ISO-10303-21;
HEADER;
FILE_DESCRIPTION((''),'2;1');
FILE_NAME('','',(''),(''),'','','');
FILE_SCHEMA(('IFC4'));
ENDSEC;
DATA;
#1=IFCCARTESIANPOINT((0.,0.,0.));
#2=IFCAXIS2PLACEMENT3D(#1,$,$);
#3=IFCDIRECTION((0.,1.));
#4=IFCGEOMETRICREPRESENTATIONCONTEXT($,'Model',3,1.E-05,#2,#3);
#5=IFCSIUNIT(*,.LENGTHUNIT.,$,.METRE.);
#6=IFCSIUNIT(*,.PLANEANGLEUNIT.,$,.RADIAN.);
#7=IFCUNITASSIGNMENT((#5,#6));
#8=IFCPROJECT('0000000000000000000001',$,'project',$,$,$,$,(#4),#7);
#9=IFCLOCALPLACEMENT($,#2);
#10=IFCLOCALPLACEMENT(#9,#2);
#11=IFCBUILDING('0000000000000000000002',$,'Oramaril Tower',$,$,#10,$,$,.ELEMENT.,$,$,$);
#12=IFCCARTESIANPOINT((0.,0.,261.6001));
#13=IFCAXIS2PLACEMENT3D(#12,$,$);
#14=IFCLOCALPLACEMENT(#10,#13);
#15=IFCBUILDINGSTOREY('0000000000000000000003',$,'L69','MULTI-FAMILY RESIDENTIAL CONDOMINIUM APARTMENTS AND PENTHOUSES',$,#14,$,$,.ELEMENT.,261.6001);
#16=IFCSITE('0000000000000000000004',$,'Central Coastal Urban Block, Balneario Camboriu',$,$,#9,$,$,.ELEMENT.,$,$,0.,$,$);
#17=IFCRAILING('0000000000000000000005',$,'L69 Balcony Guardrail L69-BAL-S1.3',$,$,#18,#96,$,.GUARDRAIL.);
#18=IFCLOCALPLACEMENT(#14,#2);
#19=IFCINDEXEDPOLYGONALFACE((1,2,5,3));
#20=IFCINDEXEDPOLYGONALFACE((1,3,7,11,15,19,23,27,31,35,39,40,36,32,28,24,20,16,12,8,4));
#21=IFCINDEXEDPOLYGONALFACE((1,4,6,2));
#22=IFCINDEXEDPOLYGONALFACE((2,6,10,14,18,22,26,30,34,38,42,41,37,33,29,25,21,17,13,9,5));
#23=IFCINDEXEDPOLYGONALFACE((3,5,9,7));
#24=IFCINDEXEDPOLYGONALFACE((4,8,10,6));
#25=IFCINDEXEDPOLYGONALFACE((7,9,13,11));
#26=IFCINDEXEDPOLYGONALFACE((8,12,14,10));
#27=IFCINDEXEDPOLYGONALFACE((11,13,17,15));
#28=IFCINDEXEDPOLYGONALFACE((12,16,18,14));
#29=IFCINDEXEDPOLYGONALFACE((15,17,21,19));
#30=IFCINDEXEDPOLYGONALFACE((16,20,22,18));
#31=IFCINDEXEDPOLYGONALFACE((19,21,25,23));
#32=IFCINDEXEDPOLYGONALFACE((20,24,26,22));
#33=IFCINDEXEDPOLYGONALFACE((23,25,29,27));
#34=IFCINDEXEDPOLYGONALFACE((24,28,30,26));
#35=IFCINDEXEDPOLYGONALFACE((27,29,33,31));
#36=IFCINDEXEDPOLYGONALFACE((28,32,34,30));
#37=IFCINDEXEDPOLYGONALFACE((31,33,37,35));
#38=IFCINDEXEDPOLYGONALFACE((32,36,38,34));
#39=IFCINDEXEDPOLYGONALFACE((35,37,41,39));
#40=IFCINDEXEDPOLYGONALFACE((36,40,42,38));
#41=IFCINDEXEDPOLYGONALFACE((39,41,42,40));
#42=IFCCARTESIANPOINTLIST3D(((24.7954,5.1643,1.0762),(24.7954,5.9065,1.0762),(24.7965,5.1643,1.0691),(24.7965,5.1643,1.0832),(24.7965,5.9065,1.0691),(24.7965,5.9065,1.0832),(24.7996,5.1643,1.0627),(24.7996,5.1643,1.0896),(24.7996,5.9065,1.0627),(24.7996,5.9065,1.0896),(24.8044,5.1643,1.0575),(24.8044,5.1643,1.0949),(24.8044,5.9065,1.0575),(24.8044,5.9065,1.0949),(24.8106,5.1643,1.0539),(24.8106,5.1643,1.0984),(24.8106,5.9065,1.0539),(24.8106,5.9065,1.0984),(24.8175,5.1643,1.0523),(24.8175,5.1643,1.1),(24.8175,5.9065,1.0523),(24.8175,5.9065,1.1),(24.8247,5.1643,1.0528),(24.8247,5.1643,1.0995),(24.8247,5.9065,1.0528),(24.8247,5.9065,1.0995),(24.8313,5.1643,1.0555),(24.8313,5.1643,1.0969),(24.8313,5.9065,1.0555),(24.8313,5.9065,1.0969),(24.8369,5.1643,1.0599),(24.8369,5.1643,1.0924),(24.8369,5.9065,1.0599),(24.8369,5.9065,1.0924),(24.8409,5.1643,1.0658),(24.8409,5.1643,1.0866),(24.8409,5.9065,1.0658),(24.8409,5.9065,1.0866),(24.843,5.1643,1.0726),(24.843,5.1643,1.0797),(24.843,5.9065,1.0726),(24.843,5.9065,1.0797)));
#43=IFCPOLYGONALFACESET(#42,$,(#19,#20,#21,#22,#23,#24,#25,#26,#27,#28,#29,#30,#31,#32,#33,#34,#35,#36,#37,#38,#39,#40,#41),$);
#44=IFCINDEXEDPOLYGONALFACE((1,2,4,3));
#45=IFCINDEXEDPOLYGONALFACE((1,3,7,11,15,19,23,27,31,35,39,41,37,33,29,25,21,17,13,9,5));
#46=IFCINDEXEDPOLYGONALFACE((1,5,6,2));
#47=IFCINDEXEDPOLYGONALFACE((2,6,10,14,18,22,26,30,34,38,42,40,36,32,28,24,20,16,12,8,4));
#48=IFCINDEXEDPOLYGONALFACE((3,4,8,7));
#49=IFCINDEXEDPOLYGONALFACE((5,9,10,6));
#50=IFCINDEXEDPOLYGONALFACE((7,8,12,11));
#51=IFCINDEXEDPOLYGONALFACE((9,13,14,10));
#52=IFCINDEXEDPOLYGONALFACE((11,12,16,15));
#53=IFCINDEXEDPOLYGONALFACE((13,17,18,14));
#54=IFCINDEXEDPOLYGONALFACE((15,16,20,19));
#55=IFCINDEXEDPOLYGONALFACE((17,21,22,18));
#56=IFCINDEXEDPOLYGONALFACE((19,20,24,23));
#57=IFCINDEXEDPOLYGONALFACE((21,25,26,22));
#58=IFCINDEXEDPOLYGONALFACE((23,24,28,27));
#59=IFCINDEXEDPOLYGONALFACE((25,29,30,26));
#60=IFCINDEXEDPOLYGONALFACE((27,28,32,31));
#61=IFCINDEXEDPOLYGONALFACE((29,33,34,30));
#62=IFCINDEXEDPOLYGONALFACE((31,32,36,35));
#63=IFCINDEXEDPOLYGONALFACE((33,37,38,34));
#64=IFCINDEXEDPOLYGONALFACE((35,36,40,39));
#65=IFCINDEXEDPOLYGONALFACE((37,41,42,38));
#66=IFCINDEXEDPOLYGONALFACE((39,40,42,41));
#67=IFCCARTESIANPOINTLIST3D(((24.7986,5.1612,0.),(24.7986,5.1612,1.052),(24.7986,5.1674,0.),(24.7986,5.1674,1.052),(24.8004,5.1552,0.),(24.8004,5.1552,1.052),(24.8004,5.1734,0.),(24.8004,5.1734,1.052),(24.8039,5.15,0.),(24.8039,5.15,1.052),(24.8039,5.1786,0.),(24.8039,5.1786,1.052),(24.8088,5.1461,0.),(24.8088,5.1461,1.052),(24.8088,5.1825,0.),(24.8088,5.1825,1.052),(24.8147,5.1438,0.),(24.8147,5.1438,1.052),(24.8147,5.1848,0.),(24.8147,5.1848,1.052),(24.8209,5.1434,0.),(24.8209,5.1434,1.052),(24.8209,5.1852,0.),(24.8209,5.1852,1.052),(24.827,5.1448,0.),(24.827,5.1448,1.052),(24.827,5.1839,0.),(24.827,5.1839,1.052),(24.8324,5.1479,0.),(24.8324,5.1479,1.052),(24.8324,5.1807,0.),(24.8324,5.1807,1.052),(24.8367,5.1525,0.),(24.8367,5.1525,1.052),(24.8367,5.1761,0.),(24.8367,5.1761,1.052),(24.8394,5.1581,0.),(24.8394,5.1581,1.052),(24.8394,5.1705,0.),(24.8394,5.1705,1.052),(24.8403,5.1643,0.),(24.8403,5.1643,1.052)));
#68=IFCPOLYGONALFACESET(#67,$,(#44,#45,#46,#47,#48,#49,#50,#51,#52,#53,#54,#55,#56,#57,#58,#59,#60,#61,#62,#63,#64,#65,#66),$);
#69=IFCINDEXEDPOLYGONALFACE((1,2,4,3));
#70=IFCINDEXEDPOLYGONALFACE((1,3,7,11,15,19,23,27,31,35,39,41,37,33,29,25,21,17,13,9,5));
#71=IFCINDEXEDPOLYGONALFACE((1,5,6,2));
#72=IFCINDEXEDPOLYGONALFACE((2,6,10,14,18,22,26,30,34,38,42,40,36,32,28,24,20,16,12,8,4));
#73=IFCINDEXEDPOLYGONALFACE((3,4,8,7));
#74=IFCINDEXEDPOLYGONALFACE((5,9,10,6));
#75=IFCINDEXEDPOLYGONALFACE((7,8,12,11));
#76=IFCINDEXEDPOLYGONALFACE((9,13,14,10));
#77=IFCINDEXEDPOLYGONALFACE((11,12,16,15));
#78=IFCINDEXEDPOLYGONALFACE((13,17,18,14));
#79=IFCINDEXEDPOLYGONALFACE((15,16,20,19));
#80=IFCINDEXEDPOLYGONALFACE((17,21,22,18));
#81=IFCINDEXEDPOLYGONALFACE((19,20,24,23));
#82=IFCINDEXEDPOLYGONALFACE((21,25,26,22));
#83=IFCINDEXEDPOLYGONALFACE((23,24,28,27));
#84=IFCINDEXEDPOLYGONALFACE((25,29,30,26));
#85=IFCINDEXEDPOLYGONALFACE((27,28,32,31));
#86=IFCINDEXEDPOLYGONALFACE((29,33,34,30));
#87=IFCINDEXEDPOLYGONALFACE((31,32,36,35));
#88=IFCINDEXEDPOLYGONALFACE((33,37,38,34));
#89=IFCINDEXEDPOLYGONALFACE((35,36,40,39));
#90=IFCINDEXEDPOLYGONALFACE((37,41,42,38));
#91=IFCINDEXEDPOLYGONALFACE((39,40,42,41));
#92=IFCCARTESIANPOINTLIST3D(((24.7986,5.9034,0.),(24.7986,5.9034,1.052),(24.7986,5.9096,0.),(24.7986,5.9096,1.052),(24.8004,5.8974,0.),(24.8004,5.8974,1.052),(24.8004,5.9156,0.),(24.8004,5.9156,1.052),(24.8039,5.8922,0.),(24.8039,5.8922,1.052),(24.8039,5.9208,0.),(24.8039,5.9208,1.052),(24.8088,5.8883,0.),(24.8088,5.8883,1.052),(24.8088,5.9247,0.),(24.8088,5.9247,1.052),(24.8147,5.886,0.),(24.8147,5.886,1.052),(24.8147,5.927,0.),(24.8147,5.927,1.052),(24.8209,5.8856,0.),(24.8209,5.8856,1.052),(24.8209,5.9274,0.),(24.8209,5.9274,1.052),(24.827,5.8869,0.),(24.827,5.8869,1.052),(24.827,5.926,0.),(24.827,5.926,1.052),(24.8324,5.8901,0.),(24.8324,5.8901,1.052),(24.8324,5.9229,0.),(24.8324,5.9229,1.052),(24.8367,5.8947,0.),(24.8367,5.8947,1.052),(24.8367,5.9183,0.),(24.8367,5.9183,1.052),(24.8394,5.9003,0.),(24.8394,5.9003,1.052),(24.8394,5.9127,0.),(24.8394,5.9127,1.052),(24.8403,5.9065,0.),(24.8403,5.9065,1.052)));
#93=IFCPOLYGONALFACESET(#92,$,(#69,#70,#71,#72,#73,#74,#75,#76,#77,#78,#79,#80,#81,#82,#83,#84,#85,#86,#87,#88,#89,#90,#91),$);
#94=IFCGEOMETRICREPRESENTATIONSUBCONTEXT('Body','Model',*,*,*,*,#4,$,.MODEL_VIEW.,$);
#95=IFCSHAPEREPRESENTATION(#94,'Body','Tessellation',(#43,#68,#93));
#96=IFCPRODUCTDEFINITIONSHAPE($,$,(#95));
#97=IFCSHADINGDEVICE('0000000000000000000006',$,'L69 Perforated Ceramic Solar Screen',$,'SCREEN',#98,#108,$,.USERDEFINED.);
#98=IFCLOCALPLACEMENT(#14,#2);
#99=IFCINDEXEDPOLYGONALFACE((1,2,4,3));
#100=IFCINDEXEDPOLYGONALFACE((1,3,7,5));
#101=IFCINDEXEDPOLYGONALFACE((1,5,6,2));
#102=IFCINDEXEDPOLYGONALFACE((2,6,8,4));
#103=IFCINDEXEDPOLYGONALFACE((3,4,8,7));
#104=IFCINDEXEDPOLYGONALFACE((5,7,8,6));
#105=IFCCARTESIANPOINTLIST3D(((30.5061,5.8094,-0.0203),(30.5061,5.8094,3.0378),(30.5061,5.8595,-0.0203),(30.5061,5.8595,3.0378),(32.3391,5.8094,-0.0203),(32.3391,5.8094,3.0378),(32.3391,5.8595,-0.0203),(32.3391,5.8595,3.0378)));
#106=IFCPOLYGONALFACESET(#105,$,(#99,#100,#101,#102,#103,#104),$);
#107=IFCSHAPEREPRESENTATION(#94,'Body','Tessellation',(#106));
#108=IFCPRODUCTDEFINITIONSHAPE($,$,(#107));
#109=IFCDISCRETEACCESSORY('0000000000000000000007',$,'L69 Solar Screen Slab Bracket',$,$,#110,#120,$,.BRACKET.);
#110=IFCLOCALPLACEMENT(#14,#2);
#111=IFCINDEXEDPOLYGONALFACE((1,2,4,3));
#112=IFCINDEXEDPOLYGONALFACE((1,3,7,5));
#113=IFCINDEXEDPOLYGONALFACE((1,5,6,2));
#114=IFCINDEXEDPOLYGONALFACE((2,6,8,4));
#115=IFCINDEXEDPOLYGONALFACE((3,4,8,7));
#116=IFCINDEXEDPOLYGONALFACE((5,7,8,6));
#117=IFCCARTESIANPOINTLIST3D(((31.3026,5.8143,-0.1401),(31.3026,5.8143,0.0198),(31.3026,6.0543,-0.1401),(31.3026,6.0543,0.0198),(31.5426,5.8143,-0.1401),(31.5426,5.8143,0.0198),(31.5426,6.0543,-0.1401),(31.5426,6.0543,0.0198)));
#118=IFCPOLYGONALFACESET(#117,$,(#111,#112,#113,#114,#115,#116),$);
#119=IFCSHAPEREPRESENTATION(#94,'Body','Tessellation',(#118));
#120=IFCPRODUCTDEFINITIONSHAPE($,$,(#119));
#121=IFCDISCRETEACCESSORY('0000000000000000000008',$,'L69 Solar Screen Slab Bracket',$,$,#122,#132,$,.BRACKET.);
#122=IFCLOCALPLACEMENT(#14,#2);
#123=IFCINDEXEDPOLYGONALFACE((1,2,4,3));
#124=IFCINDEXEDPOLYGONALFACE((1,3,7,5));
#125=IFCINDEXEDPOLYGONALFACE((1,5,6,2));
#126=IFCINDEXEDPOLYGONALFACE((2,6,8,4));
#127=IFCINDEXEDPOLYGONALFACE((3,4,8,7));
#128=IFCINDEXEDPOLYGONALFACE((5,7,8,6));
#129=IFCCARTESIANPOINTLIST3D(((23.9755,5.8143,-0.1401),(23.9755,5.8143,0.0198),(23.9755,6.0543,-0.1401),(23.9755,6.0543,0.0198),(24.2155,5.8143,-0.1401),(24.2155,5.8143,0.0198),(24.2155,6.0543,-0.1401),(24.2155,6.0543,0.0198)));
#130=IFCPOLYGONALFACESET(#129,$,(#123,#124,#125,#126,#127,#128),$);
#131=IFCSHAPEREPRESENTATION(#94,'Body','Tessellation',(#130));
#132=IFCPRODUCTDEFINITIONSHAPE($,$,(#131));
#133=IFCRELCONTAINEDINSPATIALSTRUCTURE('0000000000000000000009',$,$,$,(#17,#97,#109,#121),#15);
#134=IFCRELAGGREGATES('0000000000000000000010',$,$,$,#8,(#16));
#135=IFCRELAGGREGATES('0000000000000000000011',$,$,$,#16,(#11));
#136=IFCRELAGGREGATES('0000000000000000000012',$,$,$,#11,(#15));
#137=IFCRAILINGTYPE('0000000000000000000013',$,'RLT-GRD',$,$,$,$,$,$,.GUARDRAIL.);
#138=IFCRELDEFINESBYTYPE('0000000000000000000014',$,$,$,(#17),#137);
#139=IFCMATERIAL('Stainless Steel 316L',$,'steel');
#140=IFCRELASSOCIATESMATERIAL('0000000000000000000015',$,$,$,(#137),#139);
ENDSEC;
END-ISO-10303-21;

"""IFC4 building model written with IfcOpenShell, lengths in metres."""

from ifc_helpers import new_model, si_unit, direction, frame, origin, origin_2d, place, context, subcontext, project, spatial, rectangle, circle, extrude, material, type_object, element, save


model = new_model("IFC4")

# Units and contexts
model_context = context("Model", 3, precision=1e-05, world=origin(), true_north=direction((0.0, 1.0)))
body_context = subcontext(model_context, "Body", "Model", "MODEL_VIEW")
ifc_project = project(units=[si_unit("LENGTHUNIT", "METRE"), si_unit("PLANEANGLEUNIT", "RADIAN")], contexts=[model_context])

# Site, building, storey
site_placement = place(None, origin())
site = spatial("IfcSite", under=ifc_project, at=site_placement, Name="Central Coastal Urban Block, Balneario Camboriu", CompositionType="ELEMENT", RefElevation=0.0)
building_placement = place(site_placement, origin())
building = spatial("IfcBuilding", under=site, at=building_placement, Name="Oramaril Tower", CompositionType="ELEMENT")
storey_placement = place(building_placement, frame((0.0, 0.0, 261.6001)))
storey = spatial("IfcBuildingStorey", under=building, at=storey_placement, Name="L69", Description="MULTI-FAMILY RESIDENTIAL CONDOMINIUM APARTMENTS AND PENTHOUSES", CompositionType="ELEMENT", Elevation=261.6001)

# Railing
ifc_material_1 = material(Name="Stainless Steel 316L", Category="steel")
railing_type = type_object("IfcRailingType", Name="RLT-GRD", PredefinedType="GUARDRAIL", material=ifc_material_1)
railing_1_placement = place(storey_placement, frame((24.8193, 5.1643, 0.0)))
element("IfcRailing", 1, at=railing_1_placement, inside=storey, type_object=railing_type, Name="L69 Balcony Guardrail L69-BAL-S1.3", PredefinedType="GUARDRAIL", context=body_context, shape_type="SweptSolid", body=[
    extrude(circle(Radius=0.0239, at=origin_2d()), frame((0.0, 0.0, 1.0762), z_axis=(0.0, 1.0, 0.0), x_axis=(-1.0, 0.0, 0.0)), (0.0, 0.0, 1.0), 0.7422),
    extrude(circle(Radius=0.021, at=origin_2d()), origin(), (0.0, 0.0, 1.0), 1.052),
    extrude(circle(Radius=0.021, at=origin_2d()), frame((0.0, 0.7422, 0.0)), (0.0, 0.0, 1.0), 1.052),
])

# Shading device
shading_device_placement = place(storey_placement, frame((31.4226, 5.8345, -0.0203), z_axis=(0.0, 0.0, 1.0), x_axis=(1.0, 0.0, 0.0)))
element("IfcShadingDevice", 2, at=shading_device_placement, inside=storey, Name="L69 Perforated Ceramic Solar Screen", ObjectType="SCREEN", PredefinedType="USERDEFINED", context=body_context, shape_type="SweptSolid", body=[
    extrude(rectangle(XDim=1.833, YDim=0.05, at=origin_2d()), origin(), (0.0, 0.0, 1.0), 3.0581),
])

# Discrete accessories
for number, where, z_axis, x_axis, name in (
    (3, (31.4226, 5.9343, -0.1401), (0.0, 0.0, 1.0), (1.0, 0.0, 0.0), "L69 Solar Screen Slab Bracket"),
    (4, (24.0955, 5.9343, -0.1401), (0.0, 0.0, 1.0), (1.0, 0.0, 0.0), "L69 Solar Screen Slab Bracket"),
):
    element("IfcDiscreteAccessory", number, at=place(storey_placement, frame(where, z_axis=z_axis, x_axis=x_axis)), inside=storey, Name=name, PredefinedType="BRACKET", context=body_context, shape_type="SweptSolid", body=[
        extrude(rectangle(XDim=0.24, YDim=0.24, at=origin_2d()), origin(), (0.0, 0.0, 1.0), 0.1599),
    ])

save(model, "model.ifc")
